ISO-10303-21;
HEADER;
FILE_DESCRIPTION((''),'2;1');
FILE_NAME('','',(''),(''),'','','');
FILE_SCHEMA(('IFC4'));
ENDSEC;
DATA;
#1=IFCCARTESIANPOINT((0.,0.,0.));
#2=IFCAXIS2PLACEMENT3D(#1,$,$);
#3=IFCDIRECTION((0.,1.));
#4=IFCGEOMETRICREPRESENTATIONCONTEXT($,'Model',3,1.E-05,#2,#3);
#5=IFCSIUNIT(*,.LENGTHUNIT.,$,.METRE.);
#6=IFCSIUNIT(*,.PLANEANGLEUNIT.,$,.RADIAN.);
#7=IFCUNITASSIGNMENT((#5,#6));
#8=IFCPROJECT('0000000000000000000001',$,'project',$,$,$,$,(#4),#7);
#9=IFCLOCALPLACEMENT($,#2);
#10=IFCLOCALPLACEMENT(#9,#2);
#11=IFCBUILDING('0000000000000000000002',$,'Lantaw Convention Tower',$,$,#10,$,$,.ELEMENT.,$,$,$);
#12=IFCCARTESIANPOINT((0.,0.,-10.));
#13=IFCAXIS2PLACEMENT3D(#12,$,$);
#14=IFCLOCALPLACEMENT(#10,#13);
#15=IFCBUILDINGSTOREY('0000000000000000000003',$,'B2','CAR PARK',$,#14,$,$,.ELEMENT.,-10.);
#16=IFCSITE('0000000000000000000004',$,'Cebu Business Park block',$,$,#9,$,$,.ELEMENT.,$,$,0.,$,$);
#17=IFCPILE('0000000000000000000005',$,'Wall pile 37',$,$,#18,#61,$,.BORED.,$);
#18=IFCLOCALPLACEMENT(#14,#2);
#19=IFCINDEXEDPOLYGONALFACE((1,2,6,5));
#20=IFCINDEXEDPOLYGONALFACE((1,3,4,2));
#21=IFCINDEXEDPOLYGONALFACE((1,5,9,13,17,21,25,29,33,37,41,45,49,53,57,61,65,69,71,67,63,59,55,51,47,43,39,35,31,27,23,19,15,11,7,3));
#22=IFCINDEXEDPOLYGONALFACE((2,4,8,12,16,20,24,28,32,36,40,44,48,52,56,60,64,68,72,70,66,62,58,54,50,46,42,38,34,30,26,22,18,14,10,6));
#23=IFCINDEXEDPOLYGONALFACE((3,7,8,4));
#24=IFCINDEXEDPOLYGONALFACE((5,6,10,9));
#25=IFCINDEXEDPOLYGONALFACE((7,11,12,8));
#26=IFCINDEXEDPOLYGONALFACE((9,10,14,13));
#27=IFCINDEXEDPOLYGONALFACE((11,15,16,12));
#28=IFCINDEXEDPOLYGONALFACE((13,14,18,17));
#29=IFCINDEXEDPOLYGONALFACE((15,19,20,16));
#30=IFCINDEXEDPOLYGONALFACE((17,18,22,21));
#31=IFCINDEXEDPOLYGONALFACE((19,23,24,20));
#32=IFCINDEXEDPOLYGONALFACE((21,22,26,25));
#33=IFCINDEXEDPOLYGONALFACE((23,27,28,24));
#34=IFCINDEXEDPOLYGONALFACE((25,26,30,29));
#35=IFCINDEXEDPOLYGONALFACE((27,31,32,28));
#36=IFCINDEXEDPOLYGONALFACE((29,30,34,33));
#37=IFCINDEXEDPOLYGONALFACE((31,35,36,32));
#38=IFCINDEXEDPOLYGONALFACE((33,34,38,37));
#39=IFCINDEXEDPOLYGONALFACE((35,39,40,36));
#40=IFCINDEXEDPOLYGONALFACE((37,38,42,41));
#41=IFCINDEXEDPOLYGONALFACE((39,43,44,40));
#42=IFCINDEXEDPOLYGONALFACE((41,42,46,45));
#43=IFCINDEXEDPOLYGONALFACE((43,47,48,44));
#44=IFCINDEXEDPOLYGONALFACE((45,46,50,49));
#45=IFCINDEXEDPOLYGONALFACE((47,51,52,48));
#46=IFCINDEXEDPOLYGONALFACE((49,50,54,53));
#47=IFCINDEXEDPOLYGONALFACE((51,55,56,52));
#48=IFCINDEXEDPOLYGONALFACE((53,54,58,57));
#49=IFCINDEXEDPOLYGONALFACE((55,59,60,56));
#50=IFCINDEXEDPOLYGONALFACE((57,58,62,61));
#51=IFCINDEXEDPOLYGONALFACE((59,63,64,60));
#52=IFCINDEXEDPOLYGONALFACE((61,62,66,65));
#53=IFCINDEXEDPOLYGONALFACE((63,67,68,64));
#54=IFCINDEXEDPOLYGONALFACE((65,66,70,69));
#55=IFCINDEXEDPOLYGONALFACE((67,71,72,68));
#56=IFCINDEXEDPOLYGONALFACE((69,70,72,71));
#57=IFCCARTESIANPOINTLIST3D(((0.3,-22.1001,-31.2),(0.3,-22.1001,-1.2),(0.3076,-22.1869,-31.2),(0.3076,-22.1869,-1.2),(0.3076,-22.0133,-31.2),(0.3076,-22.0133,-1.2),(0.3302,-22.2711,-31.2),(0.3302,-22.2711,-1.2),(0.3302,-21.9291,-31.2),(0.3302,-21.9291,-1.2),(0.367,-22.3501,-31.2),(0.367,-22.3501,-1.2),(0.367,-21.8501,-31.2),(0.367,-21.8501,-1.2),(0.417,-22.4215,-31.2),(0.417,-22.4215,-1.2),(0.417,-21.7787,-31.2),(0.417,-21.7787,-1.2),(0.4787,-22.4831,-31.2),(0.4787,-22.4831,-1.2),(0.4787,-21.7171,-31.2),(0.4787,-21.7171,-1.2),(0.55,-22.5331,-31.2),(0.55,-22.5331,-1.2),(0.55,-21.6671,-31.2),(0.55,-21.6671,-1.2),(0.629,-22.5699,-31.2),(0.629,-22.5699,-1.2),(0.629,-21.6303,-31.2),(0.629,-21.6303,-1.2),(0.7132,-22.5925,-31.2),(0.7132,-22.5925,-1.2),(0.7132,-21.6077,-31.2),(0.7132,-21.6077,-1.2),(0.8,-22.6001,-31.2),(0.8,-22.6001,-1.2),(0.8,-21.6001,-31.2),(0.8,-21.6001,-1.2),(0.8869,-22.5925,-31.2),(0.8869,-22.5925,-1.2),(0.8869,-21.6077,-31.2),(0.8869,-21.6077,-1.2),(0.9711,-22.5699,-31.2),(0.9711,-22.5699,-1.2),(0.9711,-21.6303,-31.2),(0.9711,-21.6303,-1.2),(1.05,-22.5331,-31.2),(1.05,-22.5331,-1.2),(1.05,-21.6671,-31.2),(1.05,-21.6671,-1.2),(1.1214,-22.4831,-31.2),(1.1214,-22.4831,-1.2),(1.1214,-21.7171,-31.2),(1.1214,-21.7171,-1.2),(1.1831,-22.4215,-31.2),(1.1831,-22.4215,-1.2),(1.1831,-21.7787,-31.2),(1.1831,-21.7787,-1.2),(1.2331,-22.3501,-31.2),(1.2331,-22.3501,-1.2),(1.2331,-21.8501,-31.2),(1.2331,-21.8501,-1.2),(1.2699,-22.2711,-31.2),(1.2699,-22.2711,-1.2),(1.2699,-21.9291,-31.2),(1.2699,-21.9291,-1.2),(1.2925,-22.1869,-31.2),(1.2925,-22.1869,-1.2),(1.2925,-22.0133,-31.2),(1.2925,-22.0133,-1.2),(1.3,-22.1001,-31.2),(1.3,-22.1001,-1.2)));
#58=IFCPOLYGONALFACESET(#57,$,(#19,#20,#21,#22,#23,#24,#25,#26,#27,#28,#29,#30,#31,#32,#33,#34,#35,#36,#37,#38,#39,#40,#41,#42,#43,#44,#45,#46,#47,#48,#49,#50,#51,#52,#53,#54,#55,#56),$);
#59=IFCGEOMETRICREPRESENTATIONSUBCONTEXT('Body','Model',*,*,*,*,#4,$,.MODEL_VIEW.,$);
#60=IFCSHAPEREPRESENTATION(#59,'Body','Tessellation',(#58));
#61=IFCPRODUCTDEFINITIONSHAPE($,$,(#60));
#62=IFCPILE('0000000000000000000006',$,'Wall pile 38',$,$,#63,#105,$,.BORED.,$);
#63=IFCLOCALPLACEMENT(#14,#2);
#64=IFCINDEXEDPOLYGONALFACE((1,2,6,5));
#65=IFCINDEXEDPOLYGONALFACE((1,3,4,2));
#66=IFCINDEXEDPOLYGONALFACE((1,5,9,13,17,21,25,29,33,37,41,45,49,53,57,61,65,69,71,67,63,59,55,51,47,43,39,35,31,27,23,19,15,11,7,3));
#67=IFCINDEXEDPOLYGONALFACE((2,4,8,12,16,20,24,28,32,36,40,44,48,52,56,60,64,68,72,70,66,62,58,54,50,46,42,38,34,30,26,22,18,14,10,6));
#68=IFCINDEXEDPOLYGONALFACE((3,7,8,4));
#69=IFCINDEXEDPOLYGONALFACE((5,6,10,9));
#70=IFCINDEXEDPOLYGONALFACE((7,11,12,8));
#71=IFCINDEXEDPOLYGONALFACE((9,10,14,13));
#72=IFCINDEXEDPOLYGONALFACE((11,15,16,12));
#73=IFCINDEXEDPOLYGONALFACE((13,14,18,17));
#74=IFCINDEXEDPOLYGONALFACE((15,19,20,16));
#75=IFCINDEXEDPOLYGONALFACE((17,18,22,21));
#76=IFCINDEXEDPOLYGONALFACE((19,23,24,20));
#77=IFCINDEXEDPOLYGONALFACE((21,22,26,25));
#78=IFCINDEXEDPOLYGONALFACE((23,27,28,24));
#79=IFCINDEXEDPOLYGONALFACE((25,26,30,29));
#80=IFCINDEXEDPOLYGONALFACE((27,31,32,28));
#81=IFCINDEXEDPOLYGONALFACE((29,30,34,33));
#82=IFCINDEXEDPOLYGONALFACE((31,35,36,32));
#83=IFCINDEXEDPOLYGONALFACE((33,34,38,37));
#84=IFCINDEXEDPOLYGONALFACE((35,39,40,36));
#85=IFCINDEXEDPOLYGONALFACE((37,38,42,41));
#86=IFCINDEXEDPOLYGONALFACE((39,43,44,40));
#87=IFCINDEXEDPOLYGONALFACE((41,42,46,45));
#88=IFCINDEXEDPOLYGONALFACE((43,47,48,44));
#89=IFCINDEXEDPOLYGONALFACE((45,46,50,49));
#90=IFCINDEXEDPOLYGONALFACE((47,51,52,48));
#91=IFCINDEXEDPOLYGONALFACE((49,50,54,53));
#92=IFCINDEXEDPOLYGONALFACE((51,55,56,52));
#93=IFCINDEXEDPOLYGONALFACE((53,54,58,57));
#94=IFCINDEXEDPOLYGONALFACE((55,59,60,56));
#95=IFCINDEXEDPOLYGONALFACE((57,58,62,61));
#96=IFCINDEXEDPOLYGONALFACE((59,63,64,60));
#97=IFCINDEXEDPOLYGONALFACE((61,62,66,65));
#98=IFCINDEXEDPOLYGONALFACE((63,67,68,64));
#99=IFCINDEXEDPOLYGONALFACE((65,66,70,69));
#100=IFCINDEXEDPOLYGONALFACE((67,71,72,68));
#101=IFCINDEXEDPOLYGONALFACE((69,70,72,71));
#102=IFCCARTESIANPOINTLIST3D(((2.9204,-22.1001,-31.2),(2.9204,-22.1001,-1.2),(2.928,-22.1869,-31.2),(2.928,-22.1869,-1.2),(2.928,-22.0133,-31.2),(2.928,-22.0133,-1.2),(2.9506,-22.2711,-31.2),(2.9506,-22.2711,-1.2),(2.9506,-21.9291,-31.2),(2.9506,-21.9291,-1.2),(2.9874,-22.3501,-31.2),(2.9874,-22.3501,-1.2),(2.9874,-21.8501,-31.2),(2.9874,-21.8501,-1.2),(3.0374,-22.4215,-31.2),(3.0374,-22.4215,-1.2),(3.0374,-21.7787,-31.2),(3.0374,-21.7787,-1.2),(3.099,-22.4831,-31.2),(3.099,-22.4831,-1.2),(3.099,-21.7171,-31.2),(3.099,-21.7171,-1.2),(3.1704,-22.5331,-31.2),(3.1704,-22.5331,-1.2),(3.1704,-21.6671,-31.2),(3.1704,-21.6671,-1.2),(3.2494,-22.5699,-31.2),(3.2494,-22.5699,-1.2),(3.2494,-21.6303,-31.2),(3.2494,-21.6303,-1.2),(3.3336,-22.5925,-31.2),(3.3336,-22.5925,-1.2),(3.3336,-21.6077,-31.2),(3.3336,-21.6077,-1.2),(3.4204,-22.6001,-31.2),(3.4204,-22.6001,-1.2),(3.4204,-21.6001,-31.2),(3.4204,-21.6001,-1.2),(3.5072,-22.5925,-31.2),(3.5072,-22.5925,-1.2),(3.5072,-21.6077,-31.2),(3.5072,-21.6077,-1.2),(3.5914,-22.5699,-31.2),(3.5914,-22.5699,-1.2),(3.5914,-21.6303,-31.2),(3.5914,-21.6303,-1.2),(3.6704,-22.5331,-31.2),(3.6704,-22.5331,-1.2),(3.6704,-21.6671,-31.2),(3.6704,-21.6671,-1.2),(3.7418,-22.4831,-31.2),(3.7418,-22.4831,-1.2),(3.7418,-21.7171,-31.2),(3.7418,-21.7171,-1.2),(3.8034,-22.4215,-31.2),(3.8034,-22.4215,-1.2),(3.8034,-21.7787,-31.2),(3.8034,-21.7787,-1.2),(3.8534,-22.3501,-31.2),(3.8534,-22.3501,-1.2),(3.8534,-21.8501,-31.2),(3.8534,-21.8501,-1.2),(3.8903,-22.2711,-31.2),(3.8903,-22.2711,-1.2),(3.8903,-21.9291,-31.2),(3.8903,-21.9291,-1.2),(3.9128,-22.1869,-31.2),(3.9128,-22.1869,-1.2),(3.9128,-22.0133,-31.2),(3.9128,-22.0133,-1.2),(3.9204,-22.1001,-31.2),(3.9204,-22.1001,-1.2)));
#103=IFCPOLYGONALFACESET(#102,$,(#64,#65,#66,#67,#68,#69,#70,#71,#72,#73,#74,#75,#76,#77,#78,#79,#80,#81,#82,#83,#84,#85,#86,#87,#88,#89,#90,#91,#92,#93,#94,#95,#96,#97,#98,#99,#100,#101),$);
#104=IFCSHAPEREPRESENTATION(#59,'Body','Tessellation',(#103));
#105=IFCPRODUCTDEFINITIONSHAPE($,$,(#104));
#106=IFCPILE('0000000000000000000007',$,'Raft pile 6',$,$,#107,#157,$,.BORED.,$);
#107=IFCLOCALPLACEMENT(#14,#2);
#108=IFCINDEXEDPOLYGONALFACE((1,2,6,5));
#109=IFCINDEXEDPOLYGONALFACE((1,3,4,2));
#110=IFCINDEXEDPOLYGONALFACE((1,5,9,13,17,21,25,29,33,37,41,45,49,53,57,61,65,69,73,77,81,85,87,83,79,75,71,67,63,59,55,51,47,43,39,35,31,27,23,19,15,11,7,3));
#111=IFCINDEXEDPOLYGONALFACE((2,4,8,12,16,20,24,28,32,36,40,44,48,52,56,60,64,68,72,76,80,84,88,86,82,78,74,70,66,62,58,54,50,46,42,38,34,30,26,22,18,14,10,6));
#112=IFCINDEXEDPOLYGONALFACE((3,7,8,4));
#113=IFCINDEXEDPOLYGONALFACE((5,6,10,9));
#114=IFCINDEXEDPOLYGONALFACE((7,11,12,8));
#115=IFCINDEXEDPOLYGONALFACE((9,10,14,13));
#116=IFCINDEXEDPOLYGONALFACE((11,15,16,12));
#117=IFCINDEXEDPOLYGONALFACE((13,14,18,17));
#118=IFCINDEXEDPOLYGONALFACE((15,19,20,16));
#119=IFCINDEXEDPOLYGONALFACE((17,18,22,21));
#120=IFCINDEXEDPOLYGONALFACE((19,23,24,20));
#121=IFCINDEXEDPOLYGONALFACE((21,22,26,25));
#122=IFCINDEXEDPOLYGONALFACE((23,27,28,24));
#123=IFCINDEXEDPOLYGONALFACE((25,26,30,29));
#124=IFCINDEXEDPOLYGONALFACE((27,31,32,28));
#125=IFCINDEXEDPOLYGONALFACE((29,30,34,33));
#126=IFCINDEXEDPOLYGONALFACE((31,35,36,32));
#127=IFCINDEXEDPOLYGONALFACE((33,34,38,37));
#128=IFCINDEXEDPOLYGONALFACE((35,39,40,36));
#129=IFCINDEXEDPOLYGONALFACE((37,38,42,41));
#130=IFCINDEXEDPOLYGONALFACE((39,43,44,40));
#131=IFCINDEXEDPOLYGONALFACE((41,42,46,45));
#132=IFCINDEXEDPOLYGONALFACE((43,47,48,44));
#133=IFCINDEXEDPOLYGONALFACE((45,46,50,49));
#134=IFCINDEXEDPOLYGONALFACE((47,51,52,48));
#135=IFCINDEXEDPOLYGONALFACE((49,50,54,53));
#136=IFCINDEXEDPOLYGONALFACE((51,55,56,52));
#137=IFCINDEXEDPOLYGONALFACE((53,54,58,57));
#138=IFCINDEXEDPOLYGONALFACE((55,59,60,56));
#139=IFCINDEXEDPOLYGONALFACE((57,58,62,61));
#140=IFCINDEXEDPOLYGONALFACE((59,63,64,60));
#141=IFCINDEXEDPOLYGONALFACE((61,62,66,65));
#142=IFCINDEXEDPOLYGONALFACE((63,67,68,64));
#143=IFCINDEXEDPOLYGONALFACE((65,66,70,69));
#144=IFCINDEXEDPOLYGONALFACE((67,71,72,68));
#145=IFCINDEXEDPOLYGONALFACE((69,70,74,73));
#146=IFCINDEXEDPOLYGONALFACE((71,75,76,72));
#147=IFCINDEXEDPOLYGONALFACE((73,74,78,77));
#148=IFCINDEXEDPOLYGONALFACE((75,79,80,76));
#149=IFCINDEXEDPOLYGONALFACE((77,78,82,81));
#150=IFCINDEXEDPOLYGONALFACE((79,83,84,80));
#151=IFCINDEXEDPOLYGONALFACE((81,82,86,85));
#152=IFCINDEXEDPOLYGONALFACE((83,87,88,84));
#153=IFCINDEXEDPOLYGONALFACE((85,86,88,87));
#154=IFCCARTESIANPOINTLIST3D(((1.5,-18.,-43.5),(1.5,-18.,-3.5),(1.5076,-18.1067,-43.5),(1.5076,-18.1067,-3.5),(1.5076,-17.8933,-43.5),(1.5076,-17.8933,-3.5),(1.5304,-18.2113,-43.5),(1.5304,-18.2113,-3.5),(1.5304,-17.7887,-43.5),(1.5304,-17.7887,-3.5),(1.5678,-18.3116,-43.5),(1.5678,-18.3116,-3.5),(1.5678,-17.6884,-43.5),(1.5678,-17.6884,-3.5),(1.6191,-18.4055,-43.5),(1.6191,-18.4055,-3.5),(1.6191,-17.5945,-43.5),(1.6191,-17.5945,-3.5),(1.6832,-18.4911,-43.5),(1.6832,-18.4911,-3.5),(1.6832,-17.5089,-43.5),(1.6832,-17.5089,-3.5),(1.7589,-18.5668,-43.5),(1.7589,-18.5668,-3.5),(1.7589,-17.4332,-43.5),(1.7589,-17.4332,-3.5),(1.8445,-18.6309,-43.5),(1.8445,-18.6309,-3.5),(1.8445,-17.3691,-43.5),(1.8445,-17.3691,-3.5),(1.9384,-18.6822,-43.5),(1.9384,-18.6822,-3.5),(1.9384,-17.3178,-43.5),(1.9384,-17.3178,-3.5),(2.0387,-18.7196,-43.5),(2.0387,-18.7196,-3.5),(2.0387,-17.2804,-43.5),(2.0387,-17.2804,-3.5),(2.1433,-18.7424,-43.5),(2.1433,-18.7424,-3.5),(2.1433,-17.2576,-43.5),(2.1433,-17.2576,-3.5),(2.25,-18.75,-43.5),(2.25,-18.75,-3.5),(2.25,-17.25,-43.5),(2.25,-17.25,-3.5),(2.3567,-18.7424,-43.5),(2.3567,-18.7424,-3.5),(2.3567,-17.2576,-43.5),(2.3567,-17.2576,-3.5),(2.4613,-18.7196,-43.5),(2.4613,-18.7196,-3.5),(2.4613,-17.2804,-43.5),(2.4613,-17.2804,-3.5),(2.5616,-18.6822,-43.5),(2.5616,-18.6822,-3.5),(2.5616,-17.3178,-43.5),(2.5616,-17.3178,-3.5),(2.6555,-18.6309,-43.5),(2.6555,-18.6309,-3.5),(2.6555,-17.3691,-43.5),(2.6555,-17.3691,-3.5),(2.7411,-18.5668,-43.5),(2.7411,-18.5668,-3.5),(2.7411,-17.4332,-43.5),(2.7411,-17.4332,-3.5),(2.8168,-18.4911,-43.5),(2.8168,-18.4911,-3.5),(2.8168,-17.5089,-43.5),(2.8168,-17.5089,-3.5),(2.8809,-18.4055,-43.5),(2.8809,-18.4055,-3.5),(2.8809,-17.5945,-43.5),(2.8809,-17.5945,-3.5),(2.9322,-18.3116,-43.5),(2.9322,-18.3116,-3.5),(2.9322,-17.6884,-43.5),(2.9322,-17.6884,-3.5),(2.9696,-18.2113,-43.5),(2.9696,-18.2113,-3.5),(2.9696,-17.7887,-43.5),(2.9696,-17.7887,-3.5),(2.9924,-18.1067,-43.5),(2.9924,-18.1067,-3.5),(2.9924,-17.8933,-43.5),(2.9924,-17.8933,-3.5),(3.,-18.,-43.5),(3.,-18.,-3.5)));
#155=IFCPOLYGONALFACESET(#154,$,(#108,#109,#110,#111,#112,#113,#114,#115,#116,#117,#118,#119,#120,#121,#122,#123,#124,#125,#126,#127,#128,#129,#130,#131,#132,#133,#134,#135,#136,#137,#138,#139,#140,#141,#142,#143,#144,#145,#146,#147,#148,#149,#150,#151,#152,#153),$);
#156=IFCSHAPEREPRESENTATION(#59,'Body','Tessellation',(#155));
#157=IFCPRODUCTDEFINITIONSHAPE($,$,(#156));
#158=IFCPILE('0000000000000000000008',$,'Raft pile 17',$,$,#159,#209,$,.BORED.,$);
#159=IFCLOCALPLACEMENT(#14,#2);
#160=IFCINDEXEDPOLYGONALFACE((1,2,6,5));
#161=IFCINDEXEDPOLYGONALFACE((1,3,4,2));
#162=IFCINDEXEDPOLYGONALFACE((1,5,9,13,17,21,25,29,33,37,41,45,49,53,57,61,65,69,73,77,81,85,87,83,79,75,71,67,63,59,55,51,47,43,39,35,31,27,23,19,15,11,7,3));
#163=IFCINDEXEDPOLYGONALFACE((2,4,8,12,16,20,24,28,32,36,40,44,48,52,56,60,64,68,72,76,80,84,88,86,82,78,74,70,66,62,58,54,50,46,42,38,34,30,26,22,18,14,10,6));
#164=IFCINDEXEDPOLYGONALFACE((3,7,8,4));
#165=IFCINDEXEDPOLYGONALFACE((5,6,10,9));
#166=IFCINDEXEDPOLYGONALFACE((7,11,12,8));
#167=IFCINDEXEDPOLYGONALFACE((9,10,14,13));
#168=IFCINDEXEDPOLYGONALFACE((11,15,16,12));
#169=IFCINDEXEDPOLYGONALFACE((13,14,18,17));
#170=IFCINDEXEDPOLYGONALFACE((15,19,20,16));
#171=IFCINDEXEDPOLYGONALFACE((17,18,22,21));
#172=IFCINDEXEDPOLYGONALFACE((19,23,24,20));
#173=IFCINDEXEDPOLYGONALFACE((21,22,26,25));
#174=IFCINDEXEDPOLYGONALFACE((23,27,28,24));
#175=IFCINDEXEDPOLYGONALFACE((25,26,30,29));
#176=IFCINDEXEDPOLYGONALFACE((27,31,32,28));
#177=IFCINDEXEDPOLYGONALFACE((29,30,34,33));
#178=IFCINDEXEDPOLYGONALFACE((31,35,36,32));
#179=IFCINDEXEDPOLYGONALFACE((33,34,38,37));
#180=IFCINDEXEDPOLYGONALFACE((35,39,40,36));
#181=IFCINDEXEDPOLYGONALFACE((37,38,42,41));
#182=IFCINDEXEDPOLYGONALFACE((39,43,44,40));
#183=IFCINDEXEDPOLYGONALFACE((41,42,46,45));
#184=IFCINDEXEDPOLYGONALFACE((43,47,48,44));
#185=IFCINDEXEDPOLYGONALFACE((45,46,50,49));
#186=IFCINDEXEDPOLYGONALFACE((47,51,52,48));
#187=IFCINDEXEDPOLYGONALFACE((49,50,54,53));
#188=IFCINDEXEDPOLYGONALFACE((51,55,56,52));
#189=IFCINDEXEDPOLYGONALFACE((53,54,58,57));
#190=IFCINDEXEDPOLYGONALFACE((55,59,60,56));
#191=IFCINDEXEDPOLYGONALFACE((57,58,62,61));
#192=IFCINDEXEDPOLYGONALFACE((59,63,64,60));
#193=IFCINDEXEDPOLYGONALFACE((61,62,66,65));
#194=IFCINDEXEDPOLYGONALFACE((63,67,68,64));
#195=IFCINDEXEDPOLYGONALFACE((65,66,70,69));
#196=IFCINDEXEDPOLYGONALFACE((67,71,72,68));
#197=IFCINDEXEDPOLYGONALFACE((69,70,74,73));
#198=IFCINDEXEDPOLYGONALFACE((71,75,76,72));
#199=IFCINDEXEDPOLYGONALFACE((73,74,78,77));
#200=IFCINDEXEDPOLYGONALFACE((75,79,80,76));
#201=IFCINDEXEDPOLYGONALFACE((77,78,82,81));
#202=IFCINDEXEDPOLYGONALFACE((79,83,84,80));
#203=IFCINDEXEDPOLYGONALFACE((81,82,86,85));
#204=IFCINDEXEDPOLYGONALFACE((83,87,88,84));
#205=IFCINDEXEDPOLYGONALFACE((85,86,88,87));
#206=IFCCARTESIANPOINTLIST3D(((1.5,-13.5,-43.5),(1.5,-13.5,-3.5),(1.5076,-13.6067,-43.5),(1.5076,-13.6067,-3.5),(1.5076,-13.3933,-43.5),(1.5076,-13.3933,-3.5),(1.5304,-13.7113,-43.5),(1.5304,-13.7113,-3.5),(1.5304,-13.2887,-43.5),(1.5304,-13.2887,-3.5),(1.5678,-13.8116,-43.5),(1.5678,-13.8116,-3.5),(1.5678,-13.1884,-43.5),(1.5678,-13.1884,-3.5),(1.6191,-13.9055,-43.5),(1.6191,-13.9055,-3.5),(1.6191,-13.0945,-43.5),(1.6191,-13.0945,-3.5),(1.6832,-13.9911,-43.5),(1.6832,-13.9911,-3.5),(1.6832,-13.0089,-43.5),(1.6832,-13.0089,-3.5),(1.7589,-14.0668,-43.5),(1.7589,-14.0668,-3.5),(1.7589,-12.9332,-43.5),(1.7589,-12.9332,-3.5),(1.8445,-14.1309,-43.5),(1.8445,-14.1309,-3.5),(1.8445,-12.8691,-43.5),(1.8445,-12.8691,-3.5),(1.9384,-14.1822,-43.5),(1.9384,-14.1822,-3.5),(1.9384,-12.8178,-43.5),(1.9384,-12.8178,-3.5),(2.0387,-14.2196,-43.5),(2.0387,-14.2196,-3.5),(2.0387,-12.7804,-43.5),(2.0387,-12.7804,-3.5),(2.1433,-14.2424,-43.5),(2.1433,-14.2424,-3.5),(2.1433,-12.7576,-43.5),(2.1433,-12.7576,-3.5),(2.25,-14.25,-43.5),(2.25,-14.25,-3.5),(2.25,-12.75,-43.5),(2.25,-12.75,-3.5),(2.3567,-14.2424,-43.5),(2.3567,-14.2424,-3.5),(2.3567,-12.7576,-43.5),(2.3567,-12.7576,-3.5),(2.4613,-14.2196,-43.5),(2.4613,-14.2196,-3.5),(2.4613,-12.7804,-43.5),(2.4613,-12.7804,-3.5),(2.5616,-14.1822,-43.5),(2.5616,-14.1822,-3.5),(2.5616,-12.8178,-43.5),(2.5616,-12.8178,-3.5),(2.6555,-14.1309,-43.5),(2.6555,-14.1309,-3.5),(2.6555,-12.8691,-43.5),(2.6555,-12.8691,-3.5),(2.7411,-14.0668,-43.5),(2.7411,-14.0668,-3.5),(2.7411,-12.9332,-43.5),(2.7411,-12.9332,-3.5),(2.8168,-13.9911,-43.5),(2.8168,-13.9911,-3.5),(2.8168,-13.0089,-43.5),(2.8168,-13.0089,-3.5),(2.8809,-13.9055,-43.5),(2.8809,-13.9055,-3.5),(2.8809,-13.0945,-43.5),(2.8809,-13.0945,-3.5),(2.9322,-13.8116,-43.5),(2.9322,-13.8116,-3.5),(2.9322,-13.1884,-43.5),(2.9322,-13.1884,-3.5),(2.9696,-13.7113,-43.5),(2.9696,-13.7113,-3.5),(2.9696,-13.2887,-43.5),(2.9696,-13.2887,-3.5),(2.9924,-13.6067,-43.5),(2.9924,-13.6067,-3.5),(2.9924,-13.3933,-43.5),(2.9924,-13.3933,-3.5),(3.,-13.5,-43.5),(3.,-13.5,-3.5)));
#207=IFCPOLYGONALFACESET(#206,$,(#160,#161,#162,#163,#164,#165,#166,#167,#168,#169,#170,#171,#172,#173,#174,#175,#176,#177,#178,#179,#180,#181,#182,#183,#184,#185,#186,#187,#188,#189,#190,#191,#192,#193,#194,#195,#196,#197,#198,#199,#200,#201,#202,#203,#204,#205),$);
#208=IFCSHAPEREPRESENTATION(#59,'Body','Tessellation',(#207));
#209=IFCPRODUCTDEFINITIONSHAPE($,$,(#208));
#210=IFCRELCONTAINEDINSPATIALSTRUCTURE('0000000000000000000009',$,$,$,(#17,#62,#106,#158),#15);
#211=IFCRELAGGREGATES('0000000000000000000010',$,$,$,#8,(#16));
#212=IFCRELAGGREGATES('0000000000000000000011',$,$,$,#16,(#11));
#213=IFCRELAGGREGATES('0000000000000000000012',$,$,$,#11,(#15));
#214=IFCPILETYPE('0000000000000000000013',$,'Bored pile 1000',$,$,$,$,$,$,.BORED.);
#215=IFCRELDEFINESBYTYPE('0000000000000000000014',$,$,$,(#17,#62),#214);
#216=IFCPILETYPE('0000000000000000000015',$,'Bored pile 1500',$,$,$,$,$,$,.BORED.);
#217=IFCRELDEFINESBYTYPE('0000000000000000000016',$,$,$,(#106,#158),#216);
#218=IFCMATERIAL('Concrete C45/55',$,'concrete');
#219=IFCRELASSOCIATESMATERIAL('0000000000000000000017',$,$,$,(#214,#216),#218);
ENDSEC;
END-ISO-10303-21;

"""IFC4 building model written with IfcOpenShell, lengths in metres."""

from ifc_helpers import new_model, si_unit, direction, frame, origin, origin_2d, place, context, subcontext, project, spatial, circle, extrude, material, material_profile, profile_set, type_object, element, save


model = new_model("IFC4")

# Units and contexts
model_context = context("Model", 3, precision=1e-05, world=origin(), true_north=direction((0.0, 1.0)))
body_context = subcontext(model_context, "Body", "Model", "MODEL_VIEW")
ifc_project = project(units=[si_unit("LENGTHUNIT", "METRE"), si_unit("PLANEANGLEUNIT", "RADIAN")], contexts=[model_context])

# Site, building, storey
site_placement = place(None, origin())
site = spatial("IfcSite", under=ifc_project, at=site_placement, Name="Cebu Business Park block", CompositionType="ELEMENT", RefElevation=0.0)
building_placement = place(site_placement, origin())
building = spatial("IfcBuilding", under=site, at=building_placement, Name="Lantaw Convention Tower", CompositionType="ELEMENT")
storey_placement = place(building_placement, frame((0.0, 0.0, -10.0)))
storey = spatial("IfcBuildingStorey", under=building, at=storey_placement, Name="B2", Description="CAR PARK", CompositionType="ELEMENT", Elevation=-10.0)

# Piles
ifc_material_1 = material(Name="Concrete C45/55", Category="concrete")
ifc_material_profile_1 = material_profile(ifc_material_1, circle(Radius=0.5, at=origin_2d()), Name="Bored pile 1000")
ifc_profile_set_1 = profile_set([ifc_material_profile_1], Name="Concrete C45/55")
pile_type_1 = type_object("IfcPileType", Name="Bored pile 1000", PredefinedType="BORED", material=ifc_profile_set_1)
for number, where, z_axis, x_axis, name in (
    (1, (0.8, -22.1001, -1.2), (0.0, 0.0, -1.0), (1.0, 0.0, 0.0), "Wall pile 37"),
    (2, (3.4204, -22.1001, -1.2), (0.0, 0.0, -1.0), (1.0, 0.0, 0.0), "Wall pile 38"),
):
    element("IfcPile", number, at=place(storey_placement, frame(where, z_axis=z_axis, x_axis=x_axis)), inside=storey, type_object=pile_type_1, Name=name, PredefinedType="BORED", context=body_context, shape_type="SweptSolid", body=[
        extrude(circle(Radius=0.5, at=origin_2d()), origin(), (0.0, 0.0, 1.0), 30.0),
    ])
ifc_material_profile_2 = material_profile(ifc_material_1, circle(Radius=0.75, at=origin_2d()), Name="Bored pile 1500")
ifc_profile_set_2 = profile_set([ifc_material_profile_2], Name="Concrete C45/55")
pile_type_2 = type_object("IfcPileType", Name="Bored pile 1500", PredefinedType="BORED", material=ifc_profile_set_2)
for number, where, z_axis, x_axis, name in (
    (3, (2.25, -18.0, -3.5), (0.0, 0.0, -1.0), (1.0, 0.0, 0.0), "Raft pile 6"),
    (4, (2.25, -13.5, -3.5), (0.0, 0.0, -1.0), (1.0, 0.0, 0.0), "Raft pile 17"),
):
    element("IfcPile", number, at=place(storey_placement, frame(where, z_axis=z_axis, x_axis=x_axis)), inside=storey, type_object=pile_type_2, Name=name, PredefinedType="BORED", context=body_context, shape_type="SweptSolid", body=[
        extrude(circle(Radius=0.75, at=origin_2d()), origin(), (0.0, 0.0, 1.0), 40.0),
    ])

save(model, "model.ifc")
